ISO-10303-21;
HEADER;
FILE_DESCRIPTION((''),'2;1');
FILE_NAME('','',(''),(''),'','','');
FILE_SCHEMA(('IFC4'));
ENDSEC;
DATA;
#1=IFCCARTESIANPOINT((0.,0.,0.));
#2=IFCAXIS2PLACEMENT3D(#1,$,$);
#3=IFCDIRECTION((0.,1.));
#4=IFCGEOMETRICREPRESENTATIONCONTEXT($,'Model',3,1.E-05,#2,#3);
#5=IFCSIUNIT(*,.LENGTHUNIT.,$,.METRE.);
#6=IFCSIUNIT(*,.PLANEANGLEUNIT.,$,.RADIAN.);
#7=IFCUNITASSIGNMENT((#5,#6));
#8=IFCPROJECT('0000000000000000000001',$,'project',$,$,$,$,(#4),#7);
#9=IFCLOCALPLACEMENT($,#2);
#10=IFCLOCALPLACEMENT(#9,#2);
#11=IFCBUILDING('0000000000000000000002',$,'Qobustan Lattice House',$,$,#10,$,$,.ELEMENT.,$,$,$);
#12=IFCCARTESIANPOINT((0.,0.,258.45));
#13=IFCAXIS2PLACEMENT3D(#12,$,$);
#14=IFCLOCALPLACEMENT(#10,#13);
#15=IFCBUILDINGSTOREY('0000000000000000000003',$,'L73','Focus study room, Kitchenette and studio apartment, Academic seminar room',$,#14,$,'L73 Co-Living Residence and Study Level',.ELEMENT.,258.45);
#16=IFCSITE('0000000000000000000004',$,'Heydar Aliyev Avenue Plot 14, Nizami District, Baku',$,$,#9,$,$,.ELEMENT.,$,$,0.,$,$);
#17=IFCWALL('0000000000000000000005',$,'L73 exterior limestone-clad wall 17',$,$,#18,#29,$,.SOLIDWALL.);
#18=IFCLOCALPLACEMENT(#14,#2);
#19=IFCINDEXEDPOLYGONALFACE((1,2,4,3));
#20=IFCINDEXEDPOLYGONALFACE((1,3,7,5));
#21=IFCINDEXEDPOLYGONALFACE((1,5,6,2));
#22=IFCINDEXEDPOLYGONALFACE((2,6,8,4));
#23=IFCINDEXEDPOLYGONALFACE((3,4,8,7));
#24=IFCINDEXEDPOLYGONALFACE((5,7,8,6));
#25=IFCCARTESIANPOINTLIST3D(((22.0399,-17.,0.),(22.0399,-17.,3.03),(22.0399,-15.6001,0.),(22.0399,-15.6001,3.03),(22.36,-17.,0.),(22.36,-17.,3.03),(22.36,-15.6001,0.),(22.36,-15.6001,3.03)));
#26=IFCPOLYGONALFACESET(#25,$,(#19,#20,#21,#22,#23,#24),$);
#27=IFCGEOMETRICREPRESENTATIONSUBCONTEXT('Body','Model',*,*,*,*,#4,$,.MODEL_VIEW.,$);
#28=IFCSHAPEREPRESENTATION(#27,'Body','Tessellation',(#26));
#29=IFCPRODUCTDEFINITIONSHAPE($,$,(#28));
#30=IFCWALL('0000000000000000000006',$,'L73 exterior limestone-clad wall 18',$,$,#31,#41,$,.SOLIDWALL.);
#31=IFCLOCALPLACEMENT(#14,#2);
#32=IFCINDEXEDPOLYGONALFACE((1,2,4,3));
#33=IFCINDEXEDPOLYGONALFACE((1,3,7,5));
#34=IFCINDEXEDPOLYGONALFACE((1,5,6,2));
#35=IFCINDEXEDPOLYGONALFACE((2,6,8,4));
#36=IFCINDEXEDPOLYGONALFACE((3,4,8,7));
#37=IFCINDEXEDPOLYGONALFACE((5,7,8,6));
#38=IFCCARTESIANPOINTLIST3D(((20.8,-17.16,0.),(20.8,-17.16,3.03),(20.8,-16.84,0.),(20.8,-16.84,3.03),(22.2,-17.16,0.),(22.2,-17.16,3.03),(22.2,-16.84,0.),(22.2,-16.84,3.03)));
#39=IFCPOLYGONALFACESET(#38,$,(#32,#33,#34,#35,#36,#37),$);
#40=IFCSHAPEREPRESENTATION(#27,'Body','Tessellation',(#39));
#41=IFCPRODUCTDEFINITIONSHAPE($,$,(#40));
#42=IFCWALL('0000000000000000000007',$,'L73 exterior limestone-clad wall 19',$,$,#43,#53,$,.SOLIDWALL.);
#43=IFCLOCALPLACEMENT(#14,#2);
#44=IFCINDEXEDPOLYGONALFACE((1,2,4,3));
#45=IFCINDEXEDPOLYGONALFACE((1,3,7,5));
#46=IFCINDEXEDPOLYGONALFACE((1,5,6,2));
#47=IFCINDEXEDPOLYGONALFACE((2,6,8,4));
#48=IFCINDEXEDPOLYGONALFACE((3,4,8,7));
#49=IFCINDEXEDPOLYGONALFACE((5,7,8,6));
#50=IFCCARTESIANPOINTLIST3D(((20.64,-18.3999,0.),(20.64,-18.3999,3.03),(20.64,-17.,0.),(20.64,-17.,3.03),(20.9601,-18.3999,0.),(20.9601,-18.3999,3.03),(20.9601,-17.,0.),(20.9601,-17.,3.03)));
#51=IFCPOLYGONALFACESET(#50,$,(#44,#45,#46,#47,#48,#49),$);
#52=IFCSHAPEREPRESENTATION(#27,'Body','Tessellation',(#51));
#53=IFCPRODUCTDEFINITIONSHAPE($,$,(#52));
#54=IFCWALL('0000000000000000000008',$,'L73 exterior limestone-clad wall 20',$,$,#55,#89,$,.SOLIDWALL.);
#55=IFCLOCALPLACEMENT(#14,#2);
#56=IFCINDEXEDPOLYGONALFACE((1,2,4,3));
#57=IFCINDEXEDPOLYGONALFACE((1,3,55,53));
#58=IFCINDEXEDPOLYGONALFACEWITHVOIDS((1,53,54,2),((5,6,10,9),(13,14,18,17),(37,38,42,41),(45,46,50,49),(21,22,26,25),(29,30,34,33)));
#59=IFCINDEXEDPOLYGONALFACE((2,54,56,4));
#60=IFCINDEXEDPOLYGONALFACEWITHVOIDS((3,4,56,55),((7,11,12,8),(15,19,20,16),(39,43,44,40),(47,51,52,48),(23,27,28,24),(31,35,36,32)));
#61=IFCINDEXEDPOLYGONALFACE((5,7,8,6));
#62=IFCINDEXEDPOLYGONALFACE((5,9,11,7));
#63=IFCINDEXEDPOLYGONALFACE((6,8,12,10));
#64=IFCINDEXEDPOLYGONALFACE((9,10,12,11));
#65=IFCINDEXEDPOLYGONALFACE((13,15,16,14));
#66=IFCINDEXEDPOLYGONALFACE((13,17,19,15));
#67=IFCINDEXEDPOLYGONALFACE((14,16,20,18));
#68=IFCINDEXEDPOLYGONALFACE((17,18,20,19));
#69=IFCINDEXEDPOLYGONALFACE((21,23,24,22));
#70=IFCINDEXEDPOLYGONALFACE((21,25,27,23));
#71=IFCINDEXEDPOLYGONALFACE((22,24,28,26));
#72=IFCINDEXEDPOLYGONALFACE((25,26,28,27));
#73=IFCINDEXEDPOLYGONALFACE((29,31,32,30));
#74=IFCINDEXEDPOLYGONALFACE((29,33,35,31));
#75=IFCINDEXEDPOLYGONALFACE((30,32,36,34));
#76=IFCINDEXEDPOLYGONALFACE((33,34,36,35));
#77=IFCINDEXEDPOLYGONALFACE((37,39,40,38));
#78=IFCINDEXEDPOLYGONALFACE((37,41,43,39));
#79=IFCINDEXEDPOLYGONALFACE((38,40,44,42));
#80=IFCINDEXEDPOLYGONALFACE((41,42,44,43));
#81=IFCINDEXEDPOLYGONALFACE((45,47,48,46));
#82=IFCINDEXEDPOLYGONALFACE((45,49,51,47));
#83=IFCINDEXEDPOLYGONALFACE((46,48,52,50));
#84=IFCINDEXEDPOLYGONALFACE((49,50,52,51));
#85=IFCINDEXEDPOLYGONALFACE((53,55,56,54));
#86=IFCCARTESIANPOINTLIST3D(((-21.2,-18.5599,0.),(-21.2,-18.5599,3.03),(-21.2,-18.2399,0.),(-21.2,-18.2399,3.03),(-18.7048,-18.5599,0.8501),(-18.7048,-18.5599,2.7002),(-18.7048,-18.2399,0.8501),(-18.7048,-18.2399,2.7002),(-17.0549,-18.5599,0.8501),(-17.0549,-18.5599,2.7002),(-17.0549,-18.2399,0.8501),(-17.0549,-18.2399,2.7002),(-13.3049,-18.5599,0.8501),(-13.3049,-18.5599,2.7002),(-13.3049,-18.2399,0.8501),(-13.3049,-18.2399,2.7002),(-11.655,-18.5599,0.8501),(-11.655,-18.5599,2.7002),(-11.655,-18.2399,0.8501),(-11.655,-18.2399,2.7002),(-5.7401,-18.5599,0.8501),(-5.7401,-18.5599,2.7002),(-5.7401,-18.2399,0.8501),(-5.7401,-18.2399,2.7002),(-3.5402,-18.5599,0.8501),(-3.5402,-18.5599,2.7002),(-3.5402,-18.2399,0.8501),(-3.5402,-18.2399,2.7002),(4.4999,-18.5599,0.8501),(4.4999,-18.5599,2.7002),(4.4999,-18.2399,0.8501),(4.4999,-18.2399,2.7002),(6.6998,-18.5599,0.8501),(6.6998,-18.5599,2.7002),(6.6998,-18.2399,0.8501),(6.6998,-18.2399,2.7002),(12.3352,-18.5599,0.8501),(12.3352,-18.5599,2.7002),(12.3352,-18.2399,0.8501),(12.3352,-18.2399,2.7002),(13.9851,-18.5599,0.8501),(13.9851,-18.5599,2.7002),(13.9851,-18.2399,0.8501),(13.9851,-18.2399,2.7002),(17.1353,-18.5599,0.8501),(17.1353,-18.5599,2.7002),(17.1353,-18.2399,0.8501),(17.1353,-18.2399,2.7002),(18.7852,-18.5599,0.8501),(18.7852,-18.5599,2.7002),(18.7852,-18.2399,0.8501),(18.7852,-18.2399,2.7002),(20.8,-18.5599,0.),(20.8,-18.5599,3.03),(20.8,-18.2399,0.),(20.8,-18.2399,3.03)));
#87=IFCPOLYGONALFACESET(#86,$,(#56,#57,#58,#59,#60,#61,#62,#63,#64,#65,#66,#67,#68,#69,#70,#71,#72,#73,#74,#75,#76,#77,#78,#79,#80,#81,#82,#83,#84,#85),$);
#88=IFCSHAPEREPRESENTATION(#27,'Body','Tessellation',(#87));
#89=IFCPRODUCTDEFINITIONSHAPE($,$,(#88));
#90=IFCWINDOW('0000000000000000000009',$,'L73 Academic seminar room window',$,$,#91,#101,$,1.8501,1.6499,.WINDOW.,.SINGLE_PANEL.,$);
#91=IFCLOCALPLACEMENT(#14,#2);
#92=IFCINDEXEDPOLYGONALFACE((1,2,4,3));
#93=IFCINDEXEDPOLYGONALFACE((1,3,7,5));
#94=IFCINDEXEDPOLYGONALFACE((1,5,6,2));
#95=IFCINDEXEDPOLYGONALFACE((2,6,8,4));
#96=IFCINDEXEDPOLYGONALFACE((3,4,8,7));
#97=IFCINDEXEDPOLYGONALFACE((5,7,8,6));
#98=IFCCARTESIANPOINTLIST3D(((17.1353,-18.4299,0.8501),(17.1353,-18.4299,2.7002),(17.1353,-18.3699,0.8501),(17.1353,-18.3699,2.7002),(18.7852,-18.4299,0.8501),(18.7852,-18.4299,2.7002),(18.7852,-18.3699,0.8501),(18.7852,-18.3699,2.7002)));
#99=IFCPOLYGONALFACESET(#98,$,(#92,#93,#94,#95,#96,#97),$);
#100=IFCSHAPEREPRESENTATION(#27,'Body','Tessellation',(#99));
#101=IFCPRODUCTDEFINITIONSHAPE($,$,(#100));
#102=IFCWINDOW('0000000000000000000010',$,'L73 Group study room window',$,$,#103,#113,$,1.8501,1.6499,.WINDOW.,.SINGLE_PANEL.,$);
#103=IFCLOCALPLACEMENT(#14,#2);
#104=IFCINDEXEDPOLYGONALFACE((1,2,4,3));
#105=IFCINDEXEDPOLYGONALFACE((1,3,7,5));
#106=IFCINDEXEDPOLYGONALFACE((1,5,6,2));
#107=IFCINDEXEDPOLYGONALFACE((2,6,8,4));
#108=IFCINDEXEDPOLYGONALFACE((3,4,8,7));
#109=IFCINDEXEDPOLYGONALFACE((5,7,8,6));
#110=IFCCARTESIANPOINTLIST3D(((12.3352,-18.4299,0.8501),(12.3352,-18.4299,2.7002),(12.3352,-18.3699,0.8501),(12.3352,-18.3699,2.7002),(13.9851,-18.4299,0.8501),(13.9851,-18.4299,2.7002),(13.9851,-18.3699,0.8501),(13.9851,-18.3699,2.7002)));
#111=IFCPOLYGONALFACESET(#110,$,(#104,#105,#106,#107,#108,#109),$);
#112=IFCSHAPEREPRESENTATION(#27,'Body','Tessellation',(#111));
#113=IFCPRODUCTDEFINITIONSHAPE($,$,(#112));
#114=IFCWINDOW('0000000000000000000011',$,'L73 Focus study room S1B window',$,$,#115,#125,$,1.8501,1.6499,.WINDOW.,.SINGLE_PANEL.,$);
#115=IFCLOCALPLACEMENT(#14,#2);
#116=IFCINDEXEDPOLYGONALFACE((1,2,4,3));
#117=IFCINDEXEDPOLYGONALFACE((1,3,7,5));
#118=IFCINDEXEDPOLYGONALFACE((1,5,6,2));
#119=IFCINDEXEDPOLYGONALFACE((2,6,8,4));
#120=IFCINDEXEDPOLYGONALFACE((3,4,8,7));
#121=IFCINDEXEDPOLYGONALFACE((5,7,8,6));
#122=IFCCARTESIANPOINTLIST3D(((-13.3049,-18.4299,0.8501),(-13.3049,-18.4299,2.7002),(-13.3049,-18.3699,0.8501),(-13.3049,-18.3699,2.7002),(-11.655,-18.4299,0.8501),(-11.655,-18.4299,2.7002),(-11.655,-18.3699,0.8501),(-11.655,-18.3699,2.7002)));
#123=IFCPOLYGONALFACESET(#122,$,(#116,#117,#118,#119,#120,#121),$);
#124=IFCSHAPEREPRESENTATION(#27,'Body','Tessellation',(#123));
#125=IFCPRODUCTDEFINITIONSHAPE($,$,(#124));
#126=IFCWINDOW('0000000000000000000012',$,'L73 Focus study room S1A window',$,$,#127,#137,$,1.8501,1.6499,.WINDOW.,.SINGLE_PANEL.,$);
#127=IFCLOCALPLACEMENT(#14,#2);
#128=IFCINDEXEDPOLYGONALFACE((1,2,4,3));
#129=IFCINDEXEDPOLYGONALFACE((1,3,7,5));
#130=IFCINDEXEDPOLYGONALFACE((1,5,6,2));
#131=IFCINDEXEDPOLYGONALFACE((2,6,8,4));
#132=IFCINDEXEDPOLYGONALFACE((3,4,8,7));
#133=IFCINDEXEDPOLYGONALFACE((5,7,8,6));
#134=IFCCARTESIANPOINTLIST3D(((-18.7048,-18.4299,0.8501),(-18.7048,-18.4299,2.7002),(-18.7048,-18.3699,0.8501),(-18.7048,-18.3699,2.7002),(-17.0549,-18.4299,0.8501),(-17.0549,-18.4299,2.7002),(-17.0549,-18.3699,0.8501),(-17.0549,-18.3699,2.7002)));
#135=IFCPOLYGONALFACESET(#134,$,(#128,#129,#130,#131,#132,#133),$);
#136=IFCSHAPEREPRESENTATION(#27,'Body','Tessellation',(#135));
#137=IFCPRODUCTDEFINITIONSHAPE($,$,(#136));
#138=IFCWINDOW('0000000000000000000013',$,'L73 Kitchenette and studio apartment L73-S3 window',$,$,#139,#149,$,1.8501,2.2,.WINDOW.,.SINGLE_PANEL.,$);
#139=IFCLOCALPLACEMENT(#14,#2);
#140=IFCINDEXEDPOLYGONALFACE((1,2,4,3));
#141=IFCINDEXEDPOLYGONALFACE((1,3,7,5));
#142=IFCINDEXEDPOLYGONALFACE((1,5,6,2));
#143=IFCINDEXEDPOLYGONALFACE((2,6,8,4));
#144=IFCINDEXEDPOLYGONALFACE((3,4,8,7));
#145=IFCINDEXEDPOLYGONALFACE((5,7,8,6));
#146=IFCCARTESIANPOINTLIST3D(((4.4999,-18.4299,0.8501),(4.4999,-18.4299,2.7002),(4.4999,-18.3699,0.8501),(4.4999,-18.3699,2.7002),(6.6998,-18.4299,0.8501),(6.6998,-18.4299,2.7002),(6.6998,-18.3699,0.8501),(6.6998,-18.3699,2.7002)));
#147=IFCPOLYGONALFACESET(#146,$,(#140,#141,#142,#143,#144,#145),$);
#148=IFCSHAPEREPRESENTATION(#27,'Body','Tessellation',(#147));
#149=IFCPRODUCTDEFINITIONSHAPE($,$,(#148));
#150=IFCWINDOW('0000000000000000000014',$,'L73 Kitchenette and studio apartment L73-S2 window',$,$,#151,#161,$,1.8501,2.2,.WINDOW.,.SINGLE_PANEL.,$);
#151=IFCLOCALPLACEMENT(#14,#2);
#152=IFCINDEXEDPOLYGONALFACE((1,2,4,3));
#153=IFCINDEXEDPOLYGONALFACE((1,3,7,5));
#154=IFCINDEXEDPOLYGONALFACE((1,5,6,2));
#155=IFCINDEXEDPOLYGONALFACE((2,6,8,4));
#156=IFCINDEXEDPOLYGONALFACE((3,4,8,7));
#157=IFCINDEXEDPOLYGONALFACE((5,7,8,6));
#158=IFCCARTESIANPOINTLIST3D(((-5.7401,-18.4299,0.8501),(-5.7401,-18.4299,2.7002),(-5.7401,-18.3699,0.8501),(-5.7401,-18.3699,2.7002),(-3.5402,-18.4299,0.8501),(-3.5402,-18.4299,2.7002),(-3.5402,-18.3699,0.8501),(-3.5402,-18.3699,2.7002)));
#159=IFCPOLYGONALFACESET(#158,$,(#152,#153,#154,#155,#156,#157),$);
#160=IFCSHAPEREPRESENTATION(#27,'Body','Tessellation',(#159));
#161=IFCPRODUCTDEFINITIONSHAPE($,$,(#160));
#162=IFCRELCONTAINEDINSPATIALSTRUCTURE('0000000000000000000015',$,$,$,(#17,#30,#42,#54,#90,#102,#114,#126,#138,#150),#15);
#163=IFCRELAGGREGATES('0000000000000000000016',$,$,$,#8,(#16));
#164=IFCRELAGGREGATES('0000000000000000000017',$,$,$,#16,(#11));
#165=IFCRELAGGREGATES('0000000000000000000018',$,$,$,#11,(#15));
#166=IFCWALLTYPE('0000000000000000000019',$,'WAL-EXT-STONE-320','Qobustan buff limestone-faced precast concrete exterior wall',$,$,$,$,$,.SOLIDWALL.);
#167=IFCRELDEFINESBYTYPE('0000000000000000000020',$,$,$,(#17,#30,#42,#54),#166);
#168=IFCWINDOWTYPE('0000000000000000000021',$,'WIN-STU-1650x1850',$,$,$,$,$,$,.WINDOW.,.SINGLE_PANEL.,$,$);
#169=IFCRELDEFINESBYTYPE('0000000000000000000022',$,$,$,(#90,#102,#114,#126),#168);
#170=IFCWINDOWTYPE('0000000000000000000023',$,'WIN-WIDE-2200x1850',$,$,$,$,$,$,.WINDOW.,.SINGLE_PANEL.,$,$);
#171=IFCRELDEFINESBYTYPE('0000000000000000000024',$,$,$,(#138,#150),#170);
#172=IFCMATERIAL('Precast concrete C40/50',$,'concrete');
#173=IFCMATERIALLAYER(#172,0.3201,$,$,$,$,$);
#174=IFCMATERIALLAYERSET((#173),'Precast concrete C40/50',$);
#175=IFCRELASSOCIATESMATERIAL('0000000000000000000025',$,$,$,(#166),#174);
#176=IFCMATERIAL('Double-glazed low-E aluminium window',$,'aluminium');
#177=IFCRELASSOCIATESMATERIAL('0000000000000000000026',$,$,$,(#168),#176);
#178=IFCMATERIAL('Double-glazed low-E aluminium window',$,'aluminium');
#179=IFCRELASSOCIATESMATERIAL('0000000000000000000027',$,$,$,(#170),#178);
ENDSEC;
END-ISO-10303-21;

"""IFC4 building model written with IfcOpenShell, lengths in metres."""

from ifc_helpers import new_model, si_unit, direction, frame, frame_2d, origin, place, context, subcontext, project, spatial, rectangle, extrude, material, layer, layer_set, type_object, element, fill, save


model = new_model("IFC4")

# Units and contexts
model_context = context("Model", 3, precision=1e-05, world=origin(), true_north=direction((0.0, 1.0)))
body_context = subcontext(model_context, "Body", "Model", "MODEL_VIEW")
ifc_project = project(units=[si_unit("LENGTHUNIT", "METRE"), si_unit("PLANEANGLEUNIT", "RADIAN")], contexts=[model_context])

# Site, building, storey
site_placement = place(None, origin())
site = spatial("IfcSite", under=ifc_project, at=site_placement, Name="Heydar Aliyev Avenue Plot 14, Nizami District, Baku", CompositionType="ELEMENT", RefElevation=0.0)
building_placement = place(site_placement, origin())
building = spatial("IfcBuilding", under=site, at=building_placement, Name="Qobustan Lattice House", CompositionType="ELEMENT")
storey_placement = place(building_placement, frame((0.0, 0.0, 258.45)))
storey = spatial("IfcBuildingStorey", under=building, at=storey_placement, Name="L73", Description="Focus study room, Kitchenette and studio apartment, Academic seminar room", LongName="L73 Co-Living Residence and Study Level", CompositionType="ELEMENT", Elevation=258.45)

# Walls
ifc_material_1 = material(Name="Precast concrete C40/50", Category="concrete")
ifc_layer_1 = layer(ifc_material_1, 0.3201)
ifc_layer_set_1 = layer_set([ifc_layer_1], Name="Precast concrete C40/50")
wall_type = type_object("IfcWallType", Name="WAL-EXT-STONE-320", Description="Qobustan buff limestone-faced precast concrete exterior wall", PredefinedType="SOLIDWALL", material=ifc_layer_set_1)
for number, where, z_axis, x_axis, name in (
    (1, (22.2, -15.6001, 0.0), (0.0, 0.0, 1.0), (0.0, -1.0, 0.0), "L73 exterior limestone-clad wall 17"),
    (2, (22.2, -17.0, 0.0), (0.0, 0.0, 1.0), (-1.0, 0.0, 0.0), "L73 exterior limestone-clad wall 18"),
    (3, (20.8, -17.0, 0.0), (0.0, 0.0, 1.0), (0.0, -1.0, 0.0), "L73 exterior limestone-clad wall 19"),
):
    element("IfcWall", number, at=place(storey_placement, frame(where, z_axis=z_axis, x_axis=x_axis)), inside=storey, type_object=wall_type, Name=name, PredefinedType="SOLIDWALL", context=body_context, shape_type="SweptSolid", body=[
        extrude(rectangle(XDim=1.3999, YDim=0.3201, at=frame_2d((0.7, 0.0))), origin(), (0.0, 0.0, 1.0), 3.03),
    ])

# Wall, openings, windows
wall_1_placement = place(storey_placement, frame((20.8, -18.3999, 0.0), z_axis=(0.0, 0.0, 1.0), x_axis=(-1.0, 0.0, 0.0)))
wall_1 = element("IfcWall", 4, at=wall_1_placement, inside=storey, type_object=wall_type, Name="L73 exterior limestone-clad wall 20", PredefinedType="SOLIDWALL", context=body_context, shape_type="SweptSolid", body=[
    extrude(rectangle(XDim=42.0, YDim=0.3201, at=frame_2d((21.0, 0.0))), origin(), (0.0, 0.0, 1.0), 3.03),
])
opening_1_placement = place(wall_1_placement, frame((2.0149, 0.0, 0.8501)))
opening_1 = element("IfcOpeningElement", 5, at=opening_1_placement, cuts=wall_1, PredefinedType="OPENING", context=body_context, shape_type="SweptSolid", body=[
    extrude(rectangle(XDim=1.6499, YDim=1.8501, at=frame_2d((0.825, 0.925))), frame((0.0, 0.1699, 0.0), z_axis=(0.0, -1.0, 0.0), x_axis=(1.0, 0.0, 0.0)), (0.0, 0.0, 1.0), 0.3401),
])
opening_2_placement = place(wall_1_placement, frame((6.8149, 0.0, 0.8501)))
opening_2 = element("IfcOpeningElement", 6, at=opening_2_placement, cuts=wall_1, PredefinedType="OPENING", context=body_context, shape_type="SweptSolid", body=[
    extrude(rectangle(XDim=1.6499, YDim=1.8501, at=frame_2d((0.825, 0.925))), frame((0.0, 0.1699, 0.0), z_axis=(0.0, -1.0, 0.0), x_axis=(1.0, 0.0, 0.0)), (0.0, 0.0, 1.0), 0.3401),
])
opening_3_placement = place(wall_1_placement, frame((14.1001, 0.0, 0.8501)))
opening_3 = element("IfcOpeningElement", 7, at=opening_3_placement, cuts=wall_1, PredefinedType="OPENING", context=body_context, shape_type="SweptSolid", body=[
    extrude(rectangle(XDim=2.2, YDim=1.8501, at=frame_2d((1.1001, 0.925))), frame((0.0, 0.1699, 0.0), z_axis=(0.0, -1.0, 0.0), x_axis=(1.0, 0.0, 0.0)), (0.0, 0.0, 1.0), 0.3401),
])
opening_4_placement = place(wall_1_placement, frame((24.3401, 0.0, 0.8501)))
opening_4 = element("IfcOpeningElement", 8, at=opening_4_placement, cuts=wall_1, PredefinedType="OPENING", context=body_context, shape_type="SweptSolid", body=[
    extrude(rectangle(XDim=2.2, YDim=1.8501, at=frame_2d((1.1001, 0.925))), frame((0.0, 0.1699, 0.0), z_axis=(0.0, -1.0, 0.0), x_axis=(1.0, 0.0, 0.0)), (0.0, 0.0, 1.0), 0.3401),
])
opening_5_placement = place(wall_1_placement, frame((32.4551, 0.0, 0.8501)))
opening_5 = element("IfcOpeningElement", 9, at=opening_5_placement, cuts=wall_1, PredefinedType="OPENING", context=body_context, shape_type="SweptSolid", body=[
    extrude(rectangle(XDim=1.6499, YDim=1.8501, at=frame_2d((0.825, 0.925))), frame((0.0, 0.1699, 0.0), z_axis=(0.0, -1.0, 0.0), x_axis=(1.0, 0.0, 0.0)), (0.0, 0.0, 1.0), 0.3401),
])
opening_6_placement = place(wall_1_placement, frame((37.855, 0.0, 0.8501)))
opening_6 = element("IfcOpeningElement", 10, at=opening_6_placement, cuts=wall_1, PredefinedType="OPENING", context=body_context, shape_type="SweptSolid", body=[
    extrude(rectangle(XDim=1.6499, YDim=1.8501, at=frame_2d((0.825, 0.925))), frame((0.0, 0.1699, 0.0), z_axis=(0.0, -1.0, 0.0), x_axis=(1.0, 0.0, 0.0)), (0.0, 0.0, 1.0), 0.3401),
])
ifc_material_2 = material(Name="Double-glazed low-E aluminium window", Category="aluminium")
window_type_1 = type_object("IfcWindowType", Name="WIN-STU-1650x1850", PartitioningType="SINGLE_PANEL", PredefinedType="WINDOW", material=ifc_material_2)
window_1_placement = place(opening_1_placement, origin())
window_1 = element("IfcWindow", 11, at=window_1_placement, inside=storey, type_object=window_type_1, Name="L73 Academic seminar room window", OverallHeight=1.8501, OverallWidth=1.6499, PartitioningType="SINGLE_PANEL", PredefinedType="WINDOW", context=body_context, shape_type="SweptSolid", body=[
    extrude(rectangle(XDim=1.6499, YDim=1.8501, at=frame_2d((0.825, 0.925))), frame((0.0, 0.03, 0.0), z_axis=(0.0, -1.0, 0.0), x_axis=(1.0, 0.0, 0.0)), (0.0, 0.0, 1.0), 0.0601),
])
fill(opening_1, window_1)
window_2_placement = place(opening_2_placement, origin())
window_2 = element("IfcWindow", 12, at=window_2_placement, inside=storey, type_object=window_type_1, Name="L73 Group study room window", OverallHeight=1.8501, OverallWidth=1.6499, PartitioningType="SINGLE_PANEL", PredefinedType="WINDOW", context=body_context, shape_type="SweptSolid", body=[
    extrude(rectangle(XDim=1.6499, YDim=1.8501, at=frame_2d((0.825, 0.925))), frame((0.0, 0.03, 0.0), z_axis=(0.0, -1.0, 0.0), x_axis=(1.0, 0.0, 0.0)), (0.0, 0.0, 1.0), 0.0601),
])
fill(opening_2, window_2)
window_3_placement = place(opening_5_placement, origin())
window_3 = element("IfcWindow", 13, at=window_3_placement, inside=storey, type_object=window_type_1, Name="L73 Focus study room S1B window", OverallHeight=1.8501, OverallWidth=1.6499, PartitioningType="SINGLE_PANEL", PredefinedType="WINDOW", context=body_context, shape_type="SweptSolid", body=[
    extrude(rectangle(XDim=1.6499, YDim=1.8501, at=frame_2d((0.825, 0.925))), frame((0.0, 0.03, 0.0), z_axis=(0.0, -1.0, 0.0), x_axis=(1.0, 0.0, 0.0)), (0.0, 0.0, 1.0), 0.0601),
])
fill(opening_5, window_3)
window_4_placement = place(opening_6_placement, origin())
window_4 = element("IfcWindow", 14, at=window_4_placement, inside=storey, type_object=window_type_1, Name="L73 Focus study room S1A window", OverallHeight=1.8501, OverallWidth=1.6499, PartitioningType="SINGLE_PANEL", PredefinedType="WINDOW", context=body_context, shape_type="SweptSolid", body=[
    extrude(rectangle(XDim=1.6499, YDim=1.8501, at=frame_2d((0.825, 0.925))), frame((0.0, 0.03, 0.0), z_axis=(0.0, -1.0, 0.0), x_axis=(1.0, 0.0, 0.0)), (0.0, 0.0, 1.0), 0.0601),
])
fill(opening_6, window_4)
ifc_material_3 = material(Name="Double-glazed low-E aluminium window", Category="aluminium")
window_type_2 = type_object("IfcWindowType", Name="WIN-WIDE-2200x1850", PartitioningType="SINGLE_PANEL", PredefinedType="WINDOW", material=ifc_material_3)
window_5_placement = place(opening_3_placement, origin())
window_5 = element("IfcWindow", 15, at=window_5_placement, inside=storey, type_object=window_type_2, Name="L73 Kitchenette and studio apartment L73-S3 window", OverallHeight=1.8501, OverallWidth=2.2, PartitioningType="SINGLE_PANEL", PredefinedType="WINDOW", context=body_context, shape_type="SweptSolid", body=[
    extrude(rectangle(XDim=2.2, YDim=1.8501, at=frame_2d((1.1001, 0.925))), frame((0.0, 0.03, 0.0), z_axis=(0.0, -1.0, 0.0), x_axis=(1.0, 0.0, 0.0)), (0.0, 0.0, 1.0), 0.0601),
])
fill(opening_3, window_5)
window_6_placement = place(opening_4_placement, origin())
window_6 = element("IfcWindow", 16, at=window_6_placement, inside=storey, type_object=window_type_2, Name="L73 Kitchenette and studio apartment L73-S2 window", OverallHeight=1.8501, OverallWidth=2.2, PartitioningType="SINGLE_PANEL", PredefinedType="WINDOW", context=body_context, shape_type="SweptSolid", body=[
    extrude(rectangle(XDim=2.2, YDim=1.8501, at=frame_2d((1.1001, 0.925))), frame((0.0, 0.03, 0.0), z_axis=(0.0, -1.0, 0.0), x_axis=(1.0, 0.0, 0.0)), (0.0, 0.0, 1.0), 0.0601),
])
fill(opening_4, window_6)

save(model, "model.ifc")
